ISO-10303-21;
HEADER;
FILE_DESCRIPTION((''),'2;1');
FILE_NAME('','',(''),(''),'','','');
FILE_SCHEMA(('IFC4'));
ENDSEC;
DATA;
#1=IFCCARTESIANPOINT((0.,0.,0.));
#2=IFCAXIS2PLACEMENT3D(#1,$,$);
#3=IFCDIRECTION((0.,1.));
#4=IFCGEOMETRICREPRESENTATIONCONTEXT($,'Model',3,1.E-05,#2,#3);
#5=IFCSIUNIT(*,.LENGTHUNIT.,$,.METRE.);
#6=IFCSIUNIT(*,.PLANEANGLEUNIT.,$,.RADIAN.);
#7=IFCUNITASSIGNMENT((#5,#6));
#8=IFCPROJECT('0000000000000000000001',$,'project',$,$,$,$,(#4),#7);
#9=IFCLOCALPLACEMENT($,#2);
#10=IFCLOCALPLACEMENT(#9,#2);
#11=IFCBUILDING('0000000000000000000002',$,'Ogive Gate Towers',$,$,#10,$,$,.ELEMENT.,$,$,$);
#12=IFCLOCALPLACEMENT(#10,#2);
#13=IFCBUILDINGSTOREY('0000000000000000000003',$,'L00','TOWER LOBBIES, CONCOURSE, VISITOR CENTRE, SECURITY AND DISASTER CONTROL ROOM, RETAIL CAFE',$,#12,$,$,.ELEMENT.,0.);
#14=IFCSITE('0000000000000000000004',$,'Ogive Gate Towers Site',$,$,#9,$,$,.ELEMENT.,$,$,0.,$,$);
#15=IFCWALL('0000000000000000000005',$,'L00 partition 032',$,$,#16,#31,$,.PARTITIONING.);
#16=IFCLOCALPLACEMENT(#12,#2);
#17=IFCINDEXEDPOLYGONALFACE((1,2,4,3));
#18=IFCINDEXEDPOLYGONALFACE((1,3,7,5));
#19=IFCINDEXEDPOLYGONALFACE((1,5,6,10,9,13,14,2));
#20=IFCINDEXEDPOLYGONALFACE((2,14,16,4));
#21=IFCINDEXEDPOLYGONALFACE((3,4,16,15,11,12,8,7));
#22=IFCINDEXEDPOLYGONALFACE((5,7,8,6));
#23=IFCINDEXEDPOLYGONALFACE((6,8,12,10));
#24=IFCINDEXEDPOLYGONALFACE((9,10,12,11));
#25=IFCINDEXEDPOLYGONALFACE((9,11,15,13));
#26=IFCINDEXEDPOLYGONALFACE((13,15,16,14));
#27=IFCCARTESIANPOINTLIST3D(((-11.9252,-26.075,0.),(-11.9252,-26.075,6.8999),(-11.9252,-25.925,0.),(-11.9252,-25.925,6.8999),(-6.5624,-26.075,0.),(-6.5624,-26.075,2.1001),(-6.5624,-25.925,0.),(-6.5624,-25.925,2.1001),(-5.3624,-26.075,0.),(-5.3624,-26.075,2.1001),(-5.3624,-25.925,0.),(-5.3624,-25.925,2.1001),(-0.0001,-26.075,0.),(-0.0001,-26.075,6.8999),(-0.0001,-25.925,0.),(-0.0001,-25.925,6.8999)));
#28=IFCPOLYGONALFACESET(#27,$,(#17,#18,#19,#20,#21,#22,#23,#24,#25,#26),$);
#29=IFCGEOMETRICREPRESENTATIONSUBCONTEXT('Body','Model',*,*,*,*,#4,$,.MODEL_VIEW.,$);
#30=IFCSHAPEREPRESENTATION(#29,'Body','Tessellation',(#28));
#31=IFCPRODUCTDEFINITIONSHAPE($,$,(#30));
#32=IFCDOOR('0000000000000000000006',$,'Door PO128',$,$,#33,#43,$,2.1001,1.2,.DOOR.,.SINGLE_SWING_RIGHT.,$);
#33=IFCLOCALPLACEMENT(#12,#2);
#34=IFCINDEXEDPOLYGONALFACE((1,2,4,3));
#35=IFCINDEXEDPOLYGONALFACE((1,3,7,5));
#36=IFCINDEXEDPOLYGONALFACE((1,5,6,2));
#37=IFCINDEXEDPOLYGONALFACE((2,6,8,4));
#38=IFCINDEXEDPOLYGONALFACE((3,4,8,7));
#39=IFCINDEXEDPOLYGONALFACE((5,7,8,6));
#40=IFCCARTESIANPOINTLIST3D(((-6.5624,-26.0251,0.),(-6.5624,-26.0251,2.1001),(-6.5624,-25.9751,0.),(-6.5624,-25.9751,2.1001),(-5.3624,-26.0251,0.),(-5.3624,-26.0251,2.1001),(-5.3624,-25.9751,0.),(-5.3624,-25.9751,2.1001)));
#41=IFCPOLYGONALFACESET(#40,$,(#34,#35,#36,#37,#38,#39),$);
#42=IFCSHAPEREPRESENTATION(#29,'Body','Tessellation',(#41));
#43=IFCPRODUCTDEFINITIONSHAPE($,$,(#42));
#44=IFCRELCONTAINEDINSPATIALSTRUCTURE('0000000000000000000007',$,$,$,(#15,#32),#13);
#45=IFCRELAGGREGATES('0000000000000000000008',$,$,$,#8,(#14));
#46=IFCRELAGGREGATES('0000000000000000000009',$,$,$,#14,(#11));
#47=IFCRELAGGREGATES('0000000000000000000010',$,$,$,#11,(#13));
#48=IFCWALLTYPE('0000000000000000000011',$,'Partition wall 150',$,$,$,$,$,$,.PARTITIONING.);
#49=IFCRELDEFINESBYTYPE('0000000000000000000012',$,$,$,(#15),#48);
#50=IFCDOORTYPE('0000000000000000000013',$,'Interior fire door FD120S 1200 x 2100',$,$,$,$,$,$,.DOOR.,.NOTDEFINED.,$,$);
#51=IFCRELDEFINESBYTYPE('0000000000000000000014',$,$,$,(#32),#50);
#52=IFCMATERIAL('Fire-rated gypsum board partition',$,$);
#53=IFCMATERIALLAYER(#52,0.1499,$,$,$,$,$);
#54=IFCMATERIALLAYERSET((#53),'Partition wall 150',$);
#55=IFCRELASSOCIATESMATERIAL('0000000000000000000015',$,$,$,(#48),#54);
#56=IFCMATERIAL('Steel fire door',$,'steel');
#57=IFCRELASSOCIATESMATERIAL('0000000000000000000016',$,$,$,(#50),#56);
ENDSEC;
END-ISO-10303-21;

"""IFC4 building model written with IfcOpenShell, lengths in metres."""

from ifc_helpers import new_model, si_unit, direction, frame, frame_2d, origin, place, context, subcontext, project, spatial, rectangle, extrude, material, layer, layer_set, type_object, element, fill, save


model = new_model("IFC4")

# Units and contexts
model_context = context("Model", 3, precision=1e-05, world=origin(), true_north=direction((0.0, 1.0)))
body_context = subcontext(model_context, "Body", "Model", "MODEL_VIEW")
ifc_project = project(units=[si_unit("LENGTHUNIT", "METRE"), si_unit("PLANEANGLEUNIT", "RADIAN")], contexts=[model_context])

# Site, building, storey
site_placement = place(None, origin())
site = spatial("IfcSite", under=ifc_project, at=site_placement, Name="Ogive Gate Towers Site", CompositionType="ELEMENT", RefElevation=0.0)
building_placement = place(site_placement, origin())
building = spatial("IfcBuilding", under=site, at=building_placement, Name="Ogive Gate Towers", CompositionType="ELEMENT")
storey_placement = place(building_placement, origin())
storey = spatial("IfcBuildingStorey", under=building, at=storey_placement, Name="L00", Description="TOWER LOBBIES, CONCOURSE, VISITOR CENTRE, SECURITY AND DISASTER CONTROL ROOM, RETAIL CAFE", CompositionType="ELEMENT", Elevation=0.0)

# Wall, opening, door
ifc_material_1 = material(Name="Fire-rated gypsum board partition")
ifc_layer_1 = layer(ifc_material_1, 0.1499)
ifc_layer_set_1 = layer_set([ifc_layer_1], Name="Partition wall 150")
wall_type_1 = type_object("IfcWallType", Name="Partition wall 150", PredefinedType="PARTITIONING", material=ifc_layer_set_1)
wall_1_placement = place(storey_placement, frame((-11.925, -26.0, 0.0), z_axis=(0.0, 0.0, 1.0), x_axis=(1.0, 0.0, 0.0)))
wall_1 = element("IfcWall", 1, at=wall_1_placement, inside=storey, type_object=wall_type_1, Name="L00 partition 032", PredefinedType="PARTITIONING", context=body_context, shape_type="SweptSolid", body=[
    extrude(rectangle(XDim=11.925, YDim=0.1499, at=frame_2d((5.9624, 0.0))), origin(), (0.0, 0.0, 1.0), 6.8999),
])
opening_1_placement = place(wall_1_placement, frame((5.3625, 0.0, 0.0)))
opening_1 = element("IfcOpeningElement", 2, at=opening_1_placement, cuts=wall_1, PredefinedType="OPENING", context=body_context, shape_type="SweptSolid", body=[
    extrude(rectangle(XDim=1.2, YDim=2.1001, at=frame_2d((0.6001, 1.05))), frame((0.0, 0.085, 0.0), z_axis=(0.0, -1.0, 0.0), x_axis=(1.0, 0.0, 0.0)), (0.0, 0.0, 1.0), 0.1699),
])
ifc_material_2 = material(Name="Steel fire door", Category="steel")
door_type_1 = type_object("IfcDoorType", Name="Interior fire door FD120S 1200 x 2100", OperationType="NOTDEFINED", PredefinedType="DOOR", material=ifc_material_2)
door_1_placement = place(opening_1_placement, origin())
door_1 = element("IfcDoor", 3, at=door_1_placement, inside=storey, type_object=door_type_1, Name="Door PO128", OperationType="SINGLE_SWING_RIGHT", OverallHeight=2.1001, OverallWidth=1.2, PredefinedType="DOOR", context=body_context, shape_type="SweptSolid", body=[
    extrude(rectangle(XDim=1.2, YDim=2.1001, at=frame_2d((0.6001, 1.05))), frame((0.0, 0.0249, 0.0), z_axis=(0.0, -1.0, 0.0), x_axis=(1.0, 0.0, 0.0)), (0.0, 0.0, 1.0), 0.05),
])
fill(opening_1, door_1)

save(model, "model.ifc")
